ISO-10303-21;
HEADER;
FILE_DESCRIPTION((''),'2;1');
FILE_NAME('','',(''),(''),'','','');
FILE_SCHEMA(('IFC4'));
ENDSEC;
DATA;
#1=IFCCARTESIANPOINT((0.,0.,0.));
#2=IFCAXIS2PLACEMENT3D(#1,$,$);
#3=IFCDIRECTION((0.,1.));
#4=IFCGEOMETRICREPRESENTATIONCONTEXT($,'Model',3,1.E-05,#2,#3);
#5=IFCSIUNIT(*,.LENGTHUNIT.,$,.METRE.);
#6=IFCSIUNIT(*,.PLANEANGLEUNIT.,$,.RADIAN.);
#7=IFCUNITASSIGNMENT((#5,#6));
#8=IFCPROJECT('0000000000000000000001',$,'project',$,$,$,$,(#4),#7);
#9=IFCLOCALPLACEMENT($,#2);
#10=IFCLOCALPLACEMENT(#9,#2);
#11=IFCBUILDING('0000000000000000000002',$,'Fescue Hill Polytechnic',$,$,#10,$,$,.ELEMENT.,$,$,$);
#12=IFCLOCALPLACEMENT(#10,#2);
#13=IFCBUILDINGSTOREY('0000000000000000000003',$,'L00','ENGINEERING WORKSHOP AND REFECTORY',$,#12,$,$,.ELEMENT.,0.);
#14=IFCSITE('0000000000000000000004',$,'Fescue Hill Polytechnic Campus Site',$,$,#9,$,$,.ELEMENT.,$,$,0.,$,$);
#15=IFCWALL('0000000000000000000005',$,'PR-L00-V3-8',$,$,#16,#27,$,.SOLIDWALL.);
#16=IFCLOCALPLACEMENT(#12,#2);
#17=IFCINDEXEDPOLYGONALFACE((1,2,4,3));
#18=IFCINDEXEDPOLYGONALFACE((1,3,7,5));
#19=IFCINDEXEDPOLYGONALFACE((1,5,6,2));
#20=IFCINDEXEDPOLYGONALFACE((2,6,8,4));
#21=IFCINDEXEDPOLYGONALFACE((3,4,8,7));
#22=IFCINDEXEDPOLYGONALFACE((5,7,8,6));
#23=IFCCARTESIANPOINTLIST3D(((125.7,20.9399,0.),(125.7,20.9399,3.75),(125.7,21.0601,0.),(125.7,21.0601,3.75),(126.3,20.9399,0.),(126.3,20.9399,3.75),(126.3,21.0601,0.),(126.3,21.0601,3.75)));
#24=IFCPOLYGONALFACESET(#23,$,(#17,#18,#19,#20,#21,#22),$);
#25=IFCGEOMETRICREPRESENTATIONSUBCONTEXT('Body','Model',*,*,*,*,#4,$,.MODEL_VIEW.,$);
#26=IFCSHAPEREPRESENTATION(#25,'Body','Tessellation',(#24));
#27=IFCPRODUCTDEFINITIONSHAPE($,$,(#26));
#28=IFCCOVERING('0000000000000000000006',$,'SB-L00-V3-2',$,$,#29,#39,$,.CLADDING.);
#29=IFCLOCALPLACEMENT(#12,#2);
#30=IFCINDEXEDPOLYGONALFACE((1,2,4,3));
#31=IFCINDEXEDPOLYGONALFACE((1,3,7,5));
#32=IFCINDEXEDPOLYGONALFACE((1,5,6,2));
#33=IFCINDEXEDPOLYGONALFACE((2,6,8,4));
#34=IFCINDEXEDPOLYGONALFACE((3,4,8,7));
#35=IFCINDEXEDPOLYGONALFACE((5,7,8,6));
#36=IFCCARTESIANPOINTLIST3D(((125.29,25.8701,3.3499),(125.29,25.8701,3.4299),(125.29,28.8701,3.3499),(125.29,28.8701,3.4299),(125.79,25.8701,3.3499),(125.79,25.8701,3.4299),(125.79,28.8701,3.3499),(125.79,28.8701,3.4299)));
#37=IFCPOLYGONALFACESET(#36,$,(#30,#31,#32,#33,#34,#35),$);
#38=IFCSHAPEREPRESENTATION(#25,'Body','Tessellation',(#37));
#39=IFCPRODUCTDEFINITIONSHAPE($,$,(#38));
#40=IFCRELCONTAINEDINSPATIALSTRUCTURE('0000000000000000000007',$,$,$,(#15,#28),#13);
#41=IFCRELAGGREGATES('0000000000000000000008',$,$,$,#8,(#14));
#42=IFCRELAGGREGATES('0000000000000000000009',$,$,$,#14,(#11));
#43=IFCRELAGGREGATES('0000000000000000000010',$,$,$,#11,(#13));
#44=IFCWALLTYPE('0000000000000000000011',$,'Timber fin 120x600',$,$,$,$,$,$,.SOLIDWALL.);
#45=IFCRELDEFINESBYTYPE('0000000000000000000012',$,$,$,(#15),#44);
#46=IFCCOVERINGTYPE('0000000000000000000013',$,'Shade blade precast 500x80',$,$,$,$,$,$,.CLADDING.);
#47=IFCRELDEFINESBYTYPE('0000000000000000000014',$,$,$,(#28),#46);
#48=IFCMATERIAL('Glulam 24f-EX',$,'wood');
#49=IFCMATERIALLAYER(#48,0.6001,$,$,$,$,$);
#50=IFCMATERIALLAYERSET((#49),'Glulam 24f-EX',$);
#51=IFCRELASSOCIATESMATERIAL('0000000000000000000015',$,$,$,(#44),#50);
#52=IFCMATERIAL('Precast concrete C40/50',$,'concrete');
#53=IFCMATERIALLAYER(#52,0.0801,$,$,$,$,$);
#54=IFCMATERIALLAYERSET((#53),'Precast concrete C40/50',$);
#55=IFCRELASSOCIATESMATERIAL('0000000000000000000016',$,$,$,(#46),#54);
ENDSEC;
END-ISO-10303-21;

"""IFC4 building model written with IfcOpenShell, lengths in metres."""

from ifc_helpers import new_model, si_unit, direction, frame, frame_2d, origin, origin_2d, place, context, subcontext, project, spatial, rectangle, extrude, material, layer, layer_set, type_object, element, save


model = new_model("IFC4")

# Units and contexts
model_context = context("Model", 3, precision=1e-05, world=origin(), true_north=direction((0.0, 1.0)))
body_context = subcontext(model_context, "Body", "Model", "MODEL_VIEW")
ifc_project = project(units=[si_unit("LENGTHUNIT", "METRE"), si_unit("PLANEANGLEUNIT", "RADIAN")], contexts=[model_context])

# Site, building, storey
site_placement = place(None, origin())
site = spatial("IfcSite", under=ifc_project, at=site_placement, Name="Fescue Hill Polytechnic Campus Site", CompositionType="ELEMENT", RefElevation=0.0)
building_placement = place(site_placement, origin())
building = spatial("IfcBuilding", under=site, at=building_placement, Name="Fescue Hill Polytechnic", CompositionType="ELEMENT")
storey_placement = place(building_placement, origin())
storey = spatial("IfcBuildingStorey", under=building, at=storey_placement, Name="L00", Description="ENGINEERING WORKSHOP AND REFECTORY", CompositionType="ELEMENT", Elevation=0.0)

# Wall
ifc_material_1 = material(Name="Glulam 24f-EX", Category="wood")
ifc_layer_1 = layer(ifc_material_1, 0.6001)
ifc_layer_set_1 = layer_set([ifc_layer_1], Name="Glulam 24f-EX")
wall_type_1 = type_object("IfcWallType", Name="Timber fin 120x600", PredefinedType="SOLIDWALL", material=ifc_layer_set_1)
wall_1_placement = place(storey_placement, frame((126.0, 21.0601, 0.0), z_axis=(0.0, 0.0, 1.0), x_axis=(0.0, -1.0, 0.0)))
element("IfcWall", 1, at=wall_1_placement, inside=storey, type_object=wall_type_1, Name="PR-L00-V3-8", PredefinedType="SOLIDWALL", context=body_context, shape_type="SweptSolid", body=[
    extrude(rectangle(XDim=0.1201, YDim=0.6001, at=frame_2d((0.0601, 0.0))), origin(), (0.0, 0.0, 1.0), 3.75),
])

# Covering
ifc_material_2 = material(Name="Precast concrete C40/50", Category="concrete")
ifc_layer_2 = layer(ifc_material_2, 0.0801)
ifc_layer_set_2 = layer_set([ifc_layer_2], Name="Precast concrete C40/50")
covering_type = type_object("IfcCoveringType", Name="Shade blade precast 500x80", PredefinedType="CLADDING", material=ifc_layer_set_2)
covering_placement = place(storey_placement, frame((125.54, 27.3701, 3.3499), z_axis=(0.0, 0.0, 1.0), x_axis=(0.0, -1.0, 0.0)))
element("IfcCovering", 2, at=covering_placement, inside=storey, type_object=covering_type, Name="SB-L00-V3-2", PredefinedType="CLADDING", context=body_context, shape_type="SweptSolid", body=[
    extrude(rectangle(XDim=3.0, YDim=0.5, at=origin_2d()), origin(), (0.0, 0.0, 1.0), 0.0801),
])

save(model, "model.ifc")
